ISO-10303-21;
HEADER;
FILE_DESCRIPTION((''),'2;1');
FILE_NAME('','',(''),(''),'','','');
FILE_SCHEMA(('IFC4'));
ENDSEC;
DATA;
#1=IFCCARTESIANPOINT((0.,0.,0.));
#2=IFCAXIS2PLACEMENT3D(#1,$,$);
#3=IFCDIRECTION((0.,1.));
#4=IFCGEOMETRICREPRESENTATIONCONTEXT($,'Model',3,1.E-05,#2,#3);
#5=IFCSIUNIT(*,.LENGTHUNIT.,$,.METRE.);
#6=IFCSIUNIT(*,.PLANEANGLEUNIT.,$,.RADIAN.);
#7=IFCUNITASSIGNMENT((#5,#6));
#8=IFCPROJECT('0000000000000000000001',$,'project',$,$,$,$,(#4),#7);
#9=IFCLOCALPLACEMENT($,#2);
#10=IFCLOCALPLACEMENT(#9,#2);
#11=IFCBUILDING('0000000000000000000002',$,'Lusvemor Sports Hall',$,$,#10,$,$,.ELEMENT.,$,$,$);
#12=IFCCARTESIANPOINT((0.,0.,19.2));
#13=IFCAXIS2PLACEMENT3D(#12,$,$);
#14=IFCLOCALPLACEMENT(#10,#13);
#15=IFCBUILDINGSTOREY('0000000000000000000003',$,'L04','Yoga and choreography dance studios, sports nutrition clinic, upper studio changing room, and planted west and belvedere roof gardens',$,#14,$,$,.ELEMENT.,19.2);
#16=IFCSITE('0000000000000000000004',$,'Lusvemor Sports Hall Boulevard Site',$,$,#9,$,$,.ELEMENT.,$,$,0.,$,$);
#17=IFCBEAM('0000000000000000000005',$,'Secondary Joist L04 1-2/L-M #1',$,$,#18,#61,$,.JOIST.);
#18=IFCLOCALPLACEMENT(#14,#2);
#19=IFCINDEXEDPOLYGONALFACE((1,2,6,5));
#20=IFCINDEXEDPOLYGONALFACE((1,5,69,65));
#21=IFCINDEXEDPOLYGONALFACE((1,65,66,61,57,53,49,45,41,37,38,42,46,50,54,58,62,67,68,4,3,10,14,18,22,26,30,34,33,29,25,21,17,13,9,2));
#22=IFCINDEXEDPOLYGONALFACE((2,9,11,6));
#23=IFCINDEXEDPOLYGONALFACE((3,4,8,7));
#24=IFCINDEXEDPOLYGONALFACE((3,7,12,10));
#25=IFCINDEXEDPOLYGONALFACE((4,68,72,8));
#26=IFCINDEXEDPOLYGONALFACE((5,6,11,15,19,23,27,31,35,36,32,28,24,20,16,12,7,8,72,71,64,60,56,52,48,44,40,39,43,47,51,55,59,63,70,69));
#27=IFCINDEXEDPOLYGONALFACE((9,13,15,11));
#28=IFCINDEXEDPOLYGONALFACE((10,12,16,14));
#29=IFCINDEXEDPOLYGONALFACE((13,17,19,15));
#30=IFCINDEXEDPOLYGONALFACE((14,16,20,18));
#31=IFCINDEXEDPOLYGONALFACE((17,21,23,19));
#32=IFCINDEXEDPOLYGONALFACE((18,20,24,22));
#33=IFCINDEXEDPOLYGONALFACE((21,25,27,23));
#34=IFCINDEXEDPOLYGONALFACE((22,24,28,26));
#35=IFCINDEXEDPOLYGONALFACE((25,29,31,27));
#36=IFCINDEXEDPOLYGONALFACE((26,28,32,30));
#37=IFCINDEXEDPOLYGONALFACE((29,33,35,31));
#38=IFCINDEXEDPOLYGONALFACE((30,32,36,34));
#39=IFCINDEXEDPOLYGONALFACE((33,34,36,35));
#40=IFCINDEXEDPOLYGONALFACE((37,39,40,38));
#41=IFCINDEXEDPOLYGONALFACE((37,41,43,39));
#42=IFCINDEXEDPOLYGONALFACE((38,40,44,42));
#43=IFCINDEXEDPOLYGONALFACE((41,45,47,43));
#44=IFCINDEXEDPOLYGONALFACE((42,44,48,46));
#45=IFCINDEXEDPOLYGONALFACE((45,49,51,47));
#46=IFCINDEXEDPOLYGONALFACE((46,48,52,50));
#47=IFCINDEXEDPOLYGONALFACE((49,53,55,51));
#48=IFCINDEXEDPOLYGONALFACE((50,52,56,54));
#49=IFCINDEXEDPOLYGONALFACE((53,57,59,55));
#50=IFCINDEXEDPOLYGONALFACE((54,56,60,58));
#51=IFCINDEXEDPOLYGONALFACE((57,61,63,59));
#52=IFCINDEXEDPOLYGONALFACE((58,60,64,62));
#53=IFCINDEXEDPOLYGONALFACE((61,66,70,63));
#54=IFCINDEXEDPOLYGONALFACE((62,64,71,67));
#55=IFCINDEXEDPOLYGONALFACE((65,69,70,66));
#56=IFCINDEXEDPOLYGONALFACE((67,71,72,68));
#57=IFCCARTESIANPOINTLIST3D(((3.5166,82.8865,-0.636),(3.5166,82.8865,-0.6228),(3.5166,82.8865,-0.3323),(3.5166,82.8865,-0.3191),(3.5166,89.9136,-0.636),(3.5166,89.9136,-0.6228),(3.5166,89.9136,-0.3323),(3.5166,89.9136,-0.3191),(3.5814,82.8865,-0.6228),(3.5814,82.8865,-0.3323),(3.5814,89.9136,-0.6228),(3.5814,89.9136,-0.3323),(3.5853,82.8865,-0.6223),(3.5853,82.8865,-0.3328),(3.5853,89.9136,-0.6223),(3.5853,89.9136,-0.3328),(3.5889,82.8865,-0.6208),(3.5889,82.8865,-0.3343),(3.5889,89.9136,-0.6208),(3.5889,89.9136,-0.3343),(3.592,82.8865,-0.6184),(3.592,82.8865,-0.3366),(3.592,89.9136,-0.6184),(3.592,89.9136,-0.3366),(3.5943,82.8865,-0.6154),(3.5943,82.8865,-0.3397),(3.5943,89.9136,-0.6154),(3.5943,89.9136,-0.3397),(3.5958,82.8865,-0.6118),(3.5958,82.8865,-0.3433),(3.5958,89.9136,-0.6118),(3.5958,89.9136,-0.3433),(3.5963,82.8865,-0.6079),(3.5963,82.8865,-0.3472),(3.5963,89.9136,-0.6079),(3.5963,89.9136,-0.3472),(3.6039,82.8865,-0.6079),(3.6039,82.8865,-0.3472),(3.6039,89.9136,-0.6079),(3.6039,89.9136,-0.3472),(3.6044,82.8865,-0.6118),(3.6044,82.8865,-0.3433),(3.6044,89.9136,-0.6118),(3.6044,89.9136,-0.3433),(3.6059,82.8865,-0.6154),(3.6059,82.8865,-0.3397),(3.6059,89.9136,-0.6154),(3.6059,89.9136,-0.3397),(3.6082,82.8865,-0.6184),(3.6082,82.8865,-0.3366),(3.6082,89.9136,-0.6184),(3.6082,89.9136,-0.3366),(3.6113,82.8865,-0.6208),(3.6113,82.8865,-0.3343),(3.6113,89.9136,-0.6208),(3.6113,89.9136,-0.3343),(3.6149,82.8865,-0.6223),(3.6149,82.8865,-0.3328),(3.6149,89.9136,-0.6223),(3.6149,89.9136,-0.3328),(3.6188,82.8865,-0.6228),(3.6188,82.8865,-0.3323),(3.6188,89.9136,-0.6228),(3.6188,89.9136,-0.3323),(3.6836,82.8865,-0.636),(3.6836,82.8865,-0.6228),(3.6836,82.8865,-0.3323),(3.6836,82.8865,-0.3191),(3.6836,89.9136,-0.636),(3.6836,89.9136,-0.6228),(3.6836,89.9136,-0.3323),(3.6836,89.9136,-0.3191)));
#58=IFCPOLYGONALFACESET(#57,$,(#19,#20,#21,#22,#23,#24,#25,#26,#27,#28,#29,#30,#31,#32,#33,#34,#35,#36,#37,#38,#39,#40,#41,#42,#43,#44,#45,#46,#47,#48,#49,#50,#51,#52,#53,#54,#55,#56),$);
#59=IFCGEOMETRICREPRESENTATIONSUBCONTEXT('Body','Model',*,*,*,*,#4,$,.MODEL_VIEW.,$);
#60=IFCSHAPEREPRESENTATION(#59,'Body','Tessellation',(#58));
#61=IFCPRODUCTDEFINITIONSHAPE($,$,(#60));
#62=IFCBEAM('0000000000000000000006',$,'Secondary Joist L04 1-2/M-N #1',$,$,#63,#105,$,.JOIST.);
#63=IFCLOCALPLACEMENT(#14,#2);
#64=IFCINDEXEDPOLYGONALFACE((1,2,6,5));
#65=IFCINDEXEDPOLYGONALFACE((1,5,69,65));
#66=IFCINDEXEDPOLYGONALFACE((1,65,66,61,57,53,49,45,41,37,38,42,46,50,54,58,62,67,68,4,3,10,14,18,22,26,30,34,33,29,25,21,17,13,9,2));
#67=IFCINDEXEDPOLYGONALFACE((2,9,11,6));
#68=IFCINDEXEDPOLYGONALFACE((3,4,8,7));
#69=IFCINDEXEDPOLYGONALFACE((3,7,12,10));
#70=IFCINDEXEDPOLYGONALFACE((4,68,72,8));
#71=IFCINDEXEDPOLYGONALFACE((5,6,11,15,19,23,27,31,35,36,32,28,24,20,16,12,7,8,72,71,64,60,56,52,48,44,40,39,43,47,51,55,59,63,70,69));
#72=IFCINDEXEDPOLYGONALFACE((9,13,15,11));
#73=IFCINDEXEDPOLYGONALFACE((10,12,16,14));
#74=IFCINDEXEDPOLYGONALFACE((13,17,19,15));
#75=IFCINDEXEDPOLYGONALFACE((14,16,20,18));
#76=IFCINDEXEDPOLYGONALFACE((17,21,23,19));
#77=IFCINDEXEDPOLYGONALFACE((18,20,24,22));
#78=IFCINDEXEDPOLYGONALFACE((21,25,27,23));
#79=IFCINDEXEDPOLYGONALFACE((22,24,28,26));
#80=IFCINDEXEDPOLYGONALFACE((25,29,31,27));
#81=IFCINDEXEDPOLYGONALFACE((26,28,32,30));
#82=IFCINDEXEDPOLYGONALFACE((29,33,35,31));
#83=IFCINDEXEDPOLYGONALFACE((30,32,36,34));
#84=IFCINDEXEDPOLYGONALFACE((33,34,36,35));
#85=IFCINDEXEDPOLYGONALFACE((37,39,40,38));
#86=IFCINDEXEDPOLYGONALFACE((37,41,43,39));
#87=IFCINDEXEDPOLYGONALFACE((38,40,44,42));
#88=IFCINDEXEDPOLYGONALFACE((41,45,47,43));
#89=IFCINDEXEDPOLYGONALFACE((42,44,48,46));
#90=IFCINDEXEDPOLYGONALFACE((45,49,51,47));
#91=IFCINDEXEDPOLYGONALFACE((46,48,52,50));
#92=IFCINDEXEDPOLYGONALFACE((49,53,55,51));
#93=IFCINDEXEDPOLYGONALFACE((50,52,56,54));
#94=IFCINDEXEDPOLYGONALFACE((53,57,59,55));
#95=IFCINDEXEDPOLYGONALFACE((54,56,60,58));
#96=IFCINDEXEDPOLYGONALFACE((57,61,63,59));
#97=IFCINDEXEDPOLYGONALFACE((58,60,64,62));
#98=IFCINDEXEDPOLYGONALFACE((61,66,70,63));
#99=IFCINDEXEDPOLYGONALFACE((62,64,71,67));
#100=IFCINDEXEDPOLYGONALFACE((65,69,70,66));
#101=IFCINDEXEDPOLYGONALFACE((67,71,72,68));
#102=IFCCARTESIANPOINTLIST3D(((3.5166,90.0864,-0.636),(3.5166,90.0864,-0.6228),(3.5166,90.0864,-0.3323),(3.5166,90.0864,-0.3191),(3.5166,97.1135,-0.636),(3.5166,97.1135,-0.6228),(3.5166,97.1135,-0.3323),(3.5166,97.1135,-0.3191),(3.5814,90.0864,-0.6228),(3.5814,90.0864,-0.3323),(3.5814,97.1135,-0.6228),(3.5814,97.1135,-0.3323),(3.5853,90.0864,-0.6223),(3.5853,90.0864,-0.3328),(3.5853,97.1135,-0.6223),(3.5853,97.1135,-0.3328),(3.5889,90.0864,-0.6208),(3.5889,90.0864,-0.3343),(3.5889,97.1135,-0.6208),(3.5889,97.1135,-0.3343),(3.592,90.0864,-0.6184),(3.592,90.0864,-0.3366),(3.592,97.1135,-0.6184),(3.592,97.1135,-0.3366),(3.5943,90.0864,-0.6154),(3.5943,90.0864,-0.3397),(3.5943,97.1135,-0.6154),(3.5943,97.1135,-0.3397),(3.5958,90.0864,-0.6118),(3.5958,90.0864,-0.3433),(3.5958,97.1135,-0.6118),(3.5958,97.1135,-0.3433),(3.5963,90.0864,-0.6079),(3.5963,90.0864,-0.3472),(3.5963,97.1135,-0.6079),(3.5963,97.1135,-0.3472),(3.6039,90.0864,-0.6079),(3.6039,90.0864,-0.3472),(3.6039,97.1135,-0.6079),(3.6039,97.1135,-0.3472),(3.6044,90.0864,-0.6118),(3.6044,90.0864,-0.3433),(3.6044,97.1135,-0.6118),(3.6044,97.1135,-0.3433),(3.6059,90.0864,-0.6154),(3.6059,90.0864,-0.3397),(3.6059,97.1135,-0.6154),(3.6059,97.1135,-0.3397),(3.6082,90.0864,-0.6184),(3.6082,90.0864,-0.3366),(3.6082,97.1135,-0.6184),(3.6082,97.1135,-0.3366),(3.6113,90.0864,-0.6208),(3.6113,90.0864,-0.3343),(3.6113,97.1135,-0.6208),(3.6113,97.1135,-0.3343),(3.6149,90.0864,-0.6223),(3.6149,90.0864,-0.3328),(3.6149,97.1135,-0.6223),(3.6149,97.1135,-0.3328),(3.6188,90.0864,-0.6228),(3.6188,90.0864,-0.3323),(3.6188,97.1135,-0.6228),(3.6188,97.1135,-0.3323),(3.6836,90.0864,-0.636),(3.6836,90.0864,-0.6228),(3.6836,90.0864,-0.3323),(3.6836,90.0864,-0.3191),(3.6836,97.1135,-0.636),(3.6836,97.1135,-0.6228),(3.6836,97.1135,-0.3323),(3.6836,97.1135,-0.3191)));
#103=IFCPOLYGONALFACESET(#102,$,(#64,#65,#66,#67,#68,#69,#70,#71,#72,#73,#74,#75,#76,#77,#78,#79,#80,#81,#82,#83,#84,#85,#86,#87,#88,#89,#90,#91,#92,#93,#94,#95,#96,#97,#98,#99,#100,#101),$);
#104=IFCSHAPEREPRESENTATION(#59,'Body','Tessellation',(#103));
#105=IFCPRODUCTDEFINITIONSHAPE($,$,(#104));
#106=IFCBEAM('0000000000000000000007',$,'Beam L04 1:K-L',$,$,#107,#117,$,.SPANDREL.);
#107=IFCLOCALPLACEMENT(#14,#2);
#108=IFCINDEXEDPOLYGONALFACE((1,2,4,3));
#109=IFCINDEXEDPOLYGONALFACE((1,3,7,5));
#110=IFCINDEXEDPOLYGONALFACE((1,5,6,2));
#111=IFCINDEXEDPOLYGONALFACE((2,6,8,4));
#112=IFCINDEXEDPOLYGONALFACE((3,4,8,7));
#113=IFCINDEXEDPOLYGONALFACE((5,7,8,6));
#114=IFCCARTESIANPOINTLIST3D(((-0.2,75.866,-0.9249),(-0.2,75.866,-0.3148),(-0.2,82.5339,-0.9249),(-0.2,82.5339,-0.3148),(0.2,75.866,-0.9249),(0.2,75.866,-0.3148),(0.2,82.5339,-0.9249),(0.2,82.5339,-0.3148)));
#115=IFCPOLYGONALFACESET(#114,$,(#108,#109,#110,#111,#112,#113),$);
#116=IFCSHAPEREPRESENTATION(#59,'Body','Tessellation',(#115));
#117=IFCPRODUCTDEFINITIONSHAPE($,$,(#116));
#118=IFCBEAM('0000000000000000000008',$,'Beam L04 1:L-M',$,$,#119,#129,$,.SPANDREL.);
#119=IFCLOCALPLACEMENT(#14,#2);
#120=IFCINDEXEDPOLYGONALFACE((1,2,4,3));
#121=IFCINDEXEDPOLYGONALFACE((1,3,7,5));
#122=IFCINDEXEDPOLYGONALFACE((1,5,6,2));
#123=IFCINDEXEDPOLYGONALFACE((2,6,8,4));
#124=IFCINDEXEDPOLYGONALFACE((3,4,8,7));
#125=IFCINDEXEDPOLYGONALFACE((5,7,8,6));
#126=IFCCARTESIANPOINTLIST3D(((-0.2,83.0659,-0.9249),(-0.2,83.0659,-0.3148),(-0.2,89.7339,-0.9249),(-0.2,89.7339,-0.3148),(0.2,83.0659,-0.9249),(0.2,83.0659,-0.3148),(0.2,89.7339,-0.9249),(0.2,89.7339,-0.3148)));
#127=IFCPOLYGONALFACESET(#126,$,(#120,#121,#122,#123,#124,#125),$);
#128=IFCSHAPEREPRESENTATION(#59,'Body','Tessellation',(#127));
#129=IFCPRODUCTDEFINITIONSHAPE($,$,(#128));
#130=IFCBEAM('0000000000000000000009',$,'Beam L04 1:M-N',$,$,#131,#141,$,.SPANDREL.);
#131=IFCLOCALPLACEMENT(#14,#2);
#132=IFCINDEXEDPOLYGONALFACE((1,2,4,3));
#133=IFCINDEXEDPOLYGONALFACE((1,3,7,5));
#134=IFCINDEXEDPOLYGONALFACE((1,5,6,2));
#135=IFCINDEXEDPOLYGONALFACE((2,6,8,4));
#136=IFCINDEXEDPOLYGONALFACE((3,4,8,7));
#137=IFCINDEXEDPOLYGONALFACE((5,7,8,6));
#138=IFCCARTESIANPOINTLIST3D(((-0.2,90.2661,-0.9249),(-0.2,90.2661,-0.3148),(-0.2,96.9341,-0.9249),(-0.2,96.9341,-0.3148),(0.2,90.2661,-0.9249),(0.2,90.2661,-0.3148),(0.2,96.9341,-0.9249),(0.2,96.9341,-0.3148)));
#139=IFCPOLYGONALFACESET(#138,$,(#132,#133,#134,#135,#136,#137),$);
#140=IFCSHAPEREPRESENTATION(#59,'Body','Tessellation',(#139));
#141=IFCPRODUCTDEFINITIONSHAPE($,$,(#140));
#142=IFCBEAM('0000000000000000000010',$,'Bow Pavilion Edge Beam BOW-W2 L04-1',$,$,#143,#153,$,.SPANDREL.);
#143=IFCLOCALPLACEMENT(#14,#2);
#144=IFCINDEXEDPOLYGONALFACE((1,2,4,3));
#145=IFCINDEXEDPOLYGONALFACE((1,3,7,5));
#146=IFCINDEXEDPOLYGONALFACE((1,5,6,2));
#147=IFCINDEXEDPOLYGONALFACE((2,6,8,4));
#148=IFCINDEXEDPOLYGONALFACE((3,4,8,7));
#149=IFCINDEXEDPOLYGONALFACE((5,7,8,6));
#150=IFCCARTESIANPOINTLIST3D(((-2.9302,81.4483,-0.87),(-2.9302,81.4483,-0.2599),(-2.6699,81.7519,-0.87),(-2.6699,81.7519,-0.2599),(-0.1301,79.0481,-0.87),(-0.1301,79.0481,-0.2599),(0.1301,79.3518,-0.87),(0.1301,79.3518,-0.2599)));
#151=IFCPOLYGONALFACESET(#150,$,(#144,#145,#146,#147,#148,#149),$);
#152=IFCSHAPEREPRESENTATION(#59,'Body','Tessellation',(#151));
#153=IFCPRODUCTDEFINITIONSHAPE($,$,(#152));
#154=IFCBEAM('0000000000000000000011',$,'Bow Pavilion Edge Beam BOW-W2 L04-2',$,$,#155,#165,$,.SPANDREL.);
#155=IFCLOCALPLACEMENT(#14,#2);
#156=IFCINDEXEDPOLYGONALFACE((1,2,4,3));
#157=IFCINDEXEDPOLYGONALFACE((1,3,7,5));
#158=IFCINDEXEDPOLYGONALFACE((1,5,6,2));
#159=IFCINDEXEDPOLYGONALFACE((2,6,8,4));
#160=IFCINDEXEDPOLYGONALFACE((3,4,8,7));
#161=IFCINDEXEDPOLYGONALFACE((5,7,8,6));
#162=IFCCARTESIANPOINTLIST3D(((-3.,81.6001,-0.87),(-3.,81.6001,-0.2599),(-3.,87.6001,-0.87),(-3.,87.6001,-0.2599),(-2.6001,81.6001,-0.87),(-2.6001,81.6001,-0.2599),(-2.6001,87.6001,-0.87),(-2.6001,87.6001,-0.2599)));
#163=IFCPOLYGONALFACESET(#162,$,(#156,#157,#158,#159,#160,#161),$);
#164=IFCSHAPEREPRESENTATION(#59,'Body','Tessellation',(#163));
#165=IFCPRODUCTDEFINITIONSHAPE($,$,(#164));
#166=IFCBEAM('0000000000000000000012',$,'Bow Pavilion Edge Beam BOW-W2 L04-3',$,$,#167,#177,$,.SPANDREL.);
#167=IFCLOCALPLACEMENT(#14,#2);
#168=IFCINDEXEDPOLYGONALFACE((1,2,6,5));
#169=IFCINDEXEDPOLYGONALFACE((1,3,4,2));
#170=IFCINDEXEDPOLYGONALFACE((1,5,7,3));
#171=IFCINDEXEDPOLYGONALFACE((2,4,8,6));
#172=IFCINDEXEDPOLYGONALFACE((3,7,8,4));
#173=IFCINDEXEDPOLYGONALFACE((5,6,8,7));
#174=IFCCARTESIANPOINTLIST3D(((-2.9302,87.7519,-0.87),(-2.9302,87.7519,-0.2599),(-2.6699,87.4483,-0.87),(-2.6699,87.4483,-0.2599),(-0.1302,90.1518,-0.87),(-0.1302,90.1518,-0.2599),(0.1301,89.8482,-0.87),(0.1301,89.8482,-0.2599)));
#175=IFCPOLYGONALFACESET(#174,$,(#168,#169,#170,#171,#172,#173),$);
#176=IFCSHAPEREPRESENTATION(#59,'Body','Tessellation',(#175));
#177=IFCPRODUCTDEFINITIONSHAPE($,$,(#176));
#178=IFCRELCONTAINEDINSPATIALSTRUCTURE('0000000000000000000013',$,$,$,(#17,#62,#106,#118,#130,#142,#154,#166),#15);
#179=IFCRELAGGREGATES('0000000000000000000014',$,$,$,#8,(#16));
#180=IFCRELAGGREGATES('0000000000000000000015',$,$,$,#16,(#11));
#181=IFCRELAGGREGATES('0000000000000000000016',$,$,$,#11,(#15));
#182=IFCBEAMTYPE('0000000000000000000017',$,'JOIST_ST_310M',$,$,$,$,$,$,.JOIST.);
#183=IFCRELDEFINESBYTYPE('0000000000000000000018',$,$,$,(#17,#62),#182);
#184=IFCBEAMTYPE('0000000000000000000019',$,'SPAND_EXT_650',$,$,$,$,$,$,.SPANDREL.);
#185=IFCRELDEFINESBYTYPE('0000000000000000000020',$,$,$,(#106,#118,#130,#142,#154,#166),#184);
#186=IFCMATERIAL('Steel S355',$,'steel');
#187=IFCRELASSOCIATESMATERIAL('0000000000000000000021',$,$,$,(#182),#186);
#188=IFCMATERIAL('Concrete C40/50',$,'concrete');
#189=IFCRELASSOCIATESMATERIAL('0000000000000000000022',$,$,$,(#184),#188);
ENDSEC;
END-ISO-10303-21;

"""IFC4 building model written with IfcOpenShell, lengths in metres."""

from ifc_helpers import new_model, si_unit, direction, frame, origin, origin_2d, place, context, subcontext, project, spatial, rectangle, i_section, extrude, material, material_profile, profile_set, type_object, element, save


model = new_model("IFC4")

# Units and contexts
model_context = context("Model", 3, precision=1e-05, world=origin(), true_north=direction((0.0, 1.0)))
body_context = subcontext(model_context, "Body", "Model", "MODEL_VIEW")
ifc_project = project(units=[si_unit("LENGTHUNIT", "METRE"), si_unit("PLANEANGLEUNIT", "RADIAN")], contexts=[model_context])

# Site, building, storey
site_placement = place(None, origin())
site = spatial("IfcSite", under=ifc_project, at=site_placement, Name="Lusvemor Sports Hall Boulevard Site", CompositionType="ELEMENT", RefElevation=0.0)
building_placement = place(site_placement, origin())
building = spatial("IfcBuilding", under=site, at=building_placement, Name="Lusvemor Sports Hall", CompositionType="ELEMENT")
storey_placement = place(building_placement, frame((0.0, 0.0, 19.2)))
storey = spatial("IfcBuildingStorey", under=building, at=storey_placement, Name="L04", Description="Yoga and choreography dance studios, sports nutrition clinic, upper studio changing room, and planted west and belvedere roof gardens", CompositionType="ELEMENT", Elevation=19.2)

# Beams
ifc_material_1 = material(Name="Steel S355", Category="steel")
ifc_material_profile_1 = material_profile(ifc_material_1, i_section(OverallWidth=0.167, OverallDepth=0.3169, WebThickness=0.0076, FlangeThickness=0.0132, FilletRadius=0.0149, at=origin_2d()), Name="W310x52.0")
ifc_profile_set_1 = profile_set([ifc_material_profile_1], Name="Steel S355")
beam_type_1 = type_object("IfcBeamType", Name="JOIST_ST_310M", PredefinedType="JOIST", material=ifc_profile_set_1)
for number, where, z_axis, x_axis, name in (
    (1, (3.6001, 82.8865, -0.4775), (0.0, 1.0, 0.0), (-1.0, 0.0, 0.0), "Secondary Joist L04 1-2/L-M #1"),
    (2, (3.6001, 90.0864, -0.4775), (0.0, 1.0, 0.0), (-1.0, 0.0, 0.0), "Secondary Joist L04 1-2/M-N #1"),
):
    element("IfcBeam", number, at=place(storey_placement, frame(where, z_axis=z_axis, x_axis=x_axis)), inside=storey, type_object=beam_type_1, Name=name, PredefinedType="JOIST", context=body_context, shape_type="SweptSolid", body=[
        extrude(i_section(OverallWidth=0.167, OverallDepth=0.3169, WebThickness=0.0076, FlangeThickness=0.0132, FilletRadius=0.0149, at=origin_2d()), origin(), (0.0, 0.0, 1.0), 7.0271),
    ])
ifc_material_2 = material(Name="Concrete C40/50", Category="concrete")
ifc_material_profile_2 = material_profile(ifc_material_2, rectangle(XDim=0.3999, YDim=0.6101, at=origin_2d()), Name="RC400x610")
ifc_profile_set_2 = profile_set([ifc_material_profile_2], Name="Concrete C40/50")
beam_type_2 = type_object("IfcBeamType", Name="SPAND_EXT_650", PredefinedType="SPANDREL", material=ifc_profile_set_2)
for number, where, z_axis, x_axis, name in (
    (3, (0.0, 75.866, -0.6199), (0.0, 1.0, 0.0), (-1.0, 0.0, 0.0), "Beam L04 1:K-L"),
    (4, (0.0, 83.0659, -0.6199), (0.0, 1.0, 0.0), (-1.0, 0.0, 0.0), "Beam L04 1:L-M"),
    (5, (0.0, 90.2661, -0.6199), (0.0, 1.0, 0.0), (-1.0, 0.0, 0.0), "Beam L04 1:M-N"),
):
    element("IfcBeam", number, at=place(storey_placement, frame(where, z_axis=z_axis, x_axis=x_axis)), inside=storey, type_object=beam_type_2, Name=name, PredefinedType="SPANDREL", context=body_context, shape_type="SweptSolid", body=[
        extrude(rectangle(XDim=0.3999, YDim=0.6101, at=origin_2d()), origin(), (0.0, 0.0, 1.0), 6.668),
    ])
beam_1_placement = place(storey_placement, frame((0.0, 79.2, -0.5649), z_axis=(-0.759243, 0.650808, 0.0), x_axis=(-0.650808, -0.759243, 0.0)))
element("IfcBeam", 6, at=beam_1_placement, inside=storey, type_object=beam_type_2, Name="Bow Pavilion Edge Beam BOW-W2 L04-1", PredefinedType="SPANDREL", context=body_context, shape_type="SweptSolid", body=[
    extrude(rectangle(XDim=0.3999, YDim=0.6101, at=origin_2d()), origin(), (0.0, 0.0, 1.0), 3.688),
])
beam_2_placement = place(storey_placement, frame((-2.8, 81.6001, -0.5649), z_axis=(0.0, 1.0, 0.0), x_axis=(-1.0, 0.0, 0.0)))
element("IfcBeam", 7, at=beam_2_placement, inside=storey, type_object=beam_type_2, Name="Bow Pavilion Edge Beam BOW-W2 L04-2", PredefinedType="SPANDREL", context=body_context, shape_type="SweptSolid", body=[
    extrude(rectangle(XDim=0.3999, YDim=0.6101, at=origin_2d()), origin(), (0.0, 0.0, 1.0), 6.0),
])
beam_3_placement = place(storey_placement, frame((-2.8, 87.6001, -0.5649), z_axis=(0.759275, 0.65077, 0.0), x_axis=(-0.65077, 0.759275, 0.0)))
element("IfcBeam", 8, at=beam_3_placement, inside=storey, type_object=beam_type_2, Name="Bow Pavilion Edge Beam BOW-W2 L04-3", PredefinedType="SPANDREL", context=body_context, shape_type="SweptSolid", body=[
    extrude(rectangle(XDim=0.3999, YDim=0.6101, at=origin_2d()), origin(), (0.0, 0.0, 1.0), 3.6877),
])

save(model, "model.ifc")
